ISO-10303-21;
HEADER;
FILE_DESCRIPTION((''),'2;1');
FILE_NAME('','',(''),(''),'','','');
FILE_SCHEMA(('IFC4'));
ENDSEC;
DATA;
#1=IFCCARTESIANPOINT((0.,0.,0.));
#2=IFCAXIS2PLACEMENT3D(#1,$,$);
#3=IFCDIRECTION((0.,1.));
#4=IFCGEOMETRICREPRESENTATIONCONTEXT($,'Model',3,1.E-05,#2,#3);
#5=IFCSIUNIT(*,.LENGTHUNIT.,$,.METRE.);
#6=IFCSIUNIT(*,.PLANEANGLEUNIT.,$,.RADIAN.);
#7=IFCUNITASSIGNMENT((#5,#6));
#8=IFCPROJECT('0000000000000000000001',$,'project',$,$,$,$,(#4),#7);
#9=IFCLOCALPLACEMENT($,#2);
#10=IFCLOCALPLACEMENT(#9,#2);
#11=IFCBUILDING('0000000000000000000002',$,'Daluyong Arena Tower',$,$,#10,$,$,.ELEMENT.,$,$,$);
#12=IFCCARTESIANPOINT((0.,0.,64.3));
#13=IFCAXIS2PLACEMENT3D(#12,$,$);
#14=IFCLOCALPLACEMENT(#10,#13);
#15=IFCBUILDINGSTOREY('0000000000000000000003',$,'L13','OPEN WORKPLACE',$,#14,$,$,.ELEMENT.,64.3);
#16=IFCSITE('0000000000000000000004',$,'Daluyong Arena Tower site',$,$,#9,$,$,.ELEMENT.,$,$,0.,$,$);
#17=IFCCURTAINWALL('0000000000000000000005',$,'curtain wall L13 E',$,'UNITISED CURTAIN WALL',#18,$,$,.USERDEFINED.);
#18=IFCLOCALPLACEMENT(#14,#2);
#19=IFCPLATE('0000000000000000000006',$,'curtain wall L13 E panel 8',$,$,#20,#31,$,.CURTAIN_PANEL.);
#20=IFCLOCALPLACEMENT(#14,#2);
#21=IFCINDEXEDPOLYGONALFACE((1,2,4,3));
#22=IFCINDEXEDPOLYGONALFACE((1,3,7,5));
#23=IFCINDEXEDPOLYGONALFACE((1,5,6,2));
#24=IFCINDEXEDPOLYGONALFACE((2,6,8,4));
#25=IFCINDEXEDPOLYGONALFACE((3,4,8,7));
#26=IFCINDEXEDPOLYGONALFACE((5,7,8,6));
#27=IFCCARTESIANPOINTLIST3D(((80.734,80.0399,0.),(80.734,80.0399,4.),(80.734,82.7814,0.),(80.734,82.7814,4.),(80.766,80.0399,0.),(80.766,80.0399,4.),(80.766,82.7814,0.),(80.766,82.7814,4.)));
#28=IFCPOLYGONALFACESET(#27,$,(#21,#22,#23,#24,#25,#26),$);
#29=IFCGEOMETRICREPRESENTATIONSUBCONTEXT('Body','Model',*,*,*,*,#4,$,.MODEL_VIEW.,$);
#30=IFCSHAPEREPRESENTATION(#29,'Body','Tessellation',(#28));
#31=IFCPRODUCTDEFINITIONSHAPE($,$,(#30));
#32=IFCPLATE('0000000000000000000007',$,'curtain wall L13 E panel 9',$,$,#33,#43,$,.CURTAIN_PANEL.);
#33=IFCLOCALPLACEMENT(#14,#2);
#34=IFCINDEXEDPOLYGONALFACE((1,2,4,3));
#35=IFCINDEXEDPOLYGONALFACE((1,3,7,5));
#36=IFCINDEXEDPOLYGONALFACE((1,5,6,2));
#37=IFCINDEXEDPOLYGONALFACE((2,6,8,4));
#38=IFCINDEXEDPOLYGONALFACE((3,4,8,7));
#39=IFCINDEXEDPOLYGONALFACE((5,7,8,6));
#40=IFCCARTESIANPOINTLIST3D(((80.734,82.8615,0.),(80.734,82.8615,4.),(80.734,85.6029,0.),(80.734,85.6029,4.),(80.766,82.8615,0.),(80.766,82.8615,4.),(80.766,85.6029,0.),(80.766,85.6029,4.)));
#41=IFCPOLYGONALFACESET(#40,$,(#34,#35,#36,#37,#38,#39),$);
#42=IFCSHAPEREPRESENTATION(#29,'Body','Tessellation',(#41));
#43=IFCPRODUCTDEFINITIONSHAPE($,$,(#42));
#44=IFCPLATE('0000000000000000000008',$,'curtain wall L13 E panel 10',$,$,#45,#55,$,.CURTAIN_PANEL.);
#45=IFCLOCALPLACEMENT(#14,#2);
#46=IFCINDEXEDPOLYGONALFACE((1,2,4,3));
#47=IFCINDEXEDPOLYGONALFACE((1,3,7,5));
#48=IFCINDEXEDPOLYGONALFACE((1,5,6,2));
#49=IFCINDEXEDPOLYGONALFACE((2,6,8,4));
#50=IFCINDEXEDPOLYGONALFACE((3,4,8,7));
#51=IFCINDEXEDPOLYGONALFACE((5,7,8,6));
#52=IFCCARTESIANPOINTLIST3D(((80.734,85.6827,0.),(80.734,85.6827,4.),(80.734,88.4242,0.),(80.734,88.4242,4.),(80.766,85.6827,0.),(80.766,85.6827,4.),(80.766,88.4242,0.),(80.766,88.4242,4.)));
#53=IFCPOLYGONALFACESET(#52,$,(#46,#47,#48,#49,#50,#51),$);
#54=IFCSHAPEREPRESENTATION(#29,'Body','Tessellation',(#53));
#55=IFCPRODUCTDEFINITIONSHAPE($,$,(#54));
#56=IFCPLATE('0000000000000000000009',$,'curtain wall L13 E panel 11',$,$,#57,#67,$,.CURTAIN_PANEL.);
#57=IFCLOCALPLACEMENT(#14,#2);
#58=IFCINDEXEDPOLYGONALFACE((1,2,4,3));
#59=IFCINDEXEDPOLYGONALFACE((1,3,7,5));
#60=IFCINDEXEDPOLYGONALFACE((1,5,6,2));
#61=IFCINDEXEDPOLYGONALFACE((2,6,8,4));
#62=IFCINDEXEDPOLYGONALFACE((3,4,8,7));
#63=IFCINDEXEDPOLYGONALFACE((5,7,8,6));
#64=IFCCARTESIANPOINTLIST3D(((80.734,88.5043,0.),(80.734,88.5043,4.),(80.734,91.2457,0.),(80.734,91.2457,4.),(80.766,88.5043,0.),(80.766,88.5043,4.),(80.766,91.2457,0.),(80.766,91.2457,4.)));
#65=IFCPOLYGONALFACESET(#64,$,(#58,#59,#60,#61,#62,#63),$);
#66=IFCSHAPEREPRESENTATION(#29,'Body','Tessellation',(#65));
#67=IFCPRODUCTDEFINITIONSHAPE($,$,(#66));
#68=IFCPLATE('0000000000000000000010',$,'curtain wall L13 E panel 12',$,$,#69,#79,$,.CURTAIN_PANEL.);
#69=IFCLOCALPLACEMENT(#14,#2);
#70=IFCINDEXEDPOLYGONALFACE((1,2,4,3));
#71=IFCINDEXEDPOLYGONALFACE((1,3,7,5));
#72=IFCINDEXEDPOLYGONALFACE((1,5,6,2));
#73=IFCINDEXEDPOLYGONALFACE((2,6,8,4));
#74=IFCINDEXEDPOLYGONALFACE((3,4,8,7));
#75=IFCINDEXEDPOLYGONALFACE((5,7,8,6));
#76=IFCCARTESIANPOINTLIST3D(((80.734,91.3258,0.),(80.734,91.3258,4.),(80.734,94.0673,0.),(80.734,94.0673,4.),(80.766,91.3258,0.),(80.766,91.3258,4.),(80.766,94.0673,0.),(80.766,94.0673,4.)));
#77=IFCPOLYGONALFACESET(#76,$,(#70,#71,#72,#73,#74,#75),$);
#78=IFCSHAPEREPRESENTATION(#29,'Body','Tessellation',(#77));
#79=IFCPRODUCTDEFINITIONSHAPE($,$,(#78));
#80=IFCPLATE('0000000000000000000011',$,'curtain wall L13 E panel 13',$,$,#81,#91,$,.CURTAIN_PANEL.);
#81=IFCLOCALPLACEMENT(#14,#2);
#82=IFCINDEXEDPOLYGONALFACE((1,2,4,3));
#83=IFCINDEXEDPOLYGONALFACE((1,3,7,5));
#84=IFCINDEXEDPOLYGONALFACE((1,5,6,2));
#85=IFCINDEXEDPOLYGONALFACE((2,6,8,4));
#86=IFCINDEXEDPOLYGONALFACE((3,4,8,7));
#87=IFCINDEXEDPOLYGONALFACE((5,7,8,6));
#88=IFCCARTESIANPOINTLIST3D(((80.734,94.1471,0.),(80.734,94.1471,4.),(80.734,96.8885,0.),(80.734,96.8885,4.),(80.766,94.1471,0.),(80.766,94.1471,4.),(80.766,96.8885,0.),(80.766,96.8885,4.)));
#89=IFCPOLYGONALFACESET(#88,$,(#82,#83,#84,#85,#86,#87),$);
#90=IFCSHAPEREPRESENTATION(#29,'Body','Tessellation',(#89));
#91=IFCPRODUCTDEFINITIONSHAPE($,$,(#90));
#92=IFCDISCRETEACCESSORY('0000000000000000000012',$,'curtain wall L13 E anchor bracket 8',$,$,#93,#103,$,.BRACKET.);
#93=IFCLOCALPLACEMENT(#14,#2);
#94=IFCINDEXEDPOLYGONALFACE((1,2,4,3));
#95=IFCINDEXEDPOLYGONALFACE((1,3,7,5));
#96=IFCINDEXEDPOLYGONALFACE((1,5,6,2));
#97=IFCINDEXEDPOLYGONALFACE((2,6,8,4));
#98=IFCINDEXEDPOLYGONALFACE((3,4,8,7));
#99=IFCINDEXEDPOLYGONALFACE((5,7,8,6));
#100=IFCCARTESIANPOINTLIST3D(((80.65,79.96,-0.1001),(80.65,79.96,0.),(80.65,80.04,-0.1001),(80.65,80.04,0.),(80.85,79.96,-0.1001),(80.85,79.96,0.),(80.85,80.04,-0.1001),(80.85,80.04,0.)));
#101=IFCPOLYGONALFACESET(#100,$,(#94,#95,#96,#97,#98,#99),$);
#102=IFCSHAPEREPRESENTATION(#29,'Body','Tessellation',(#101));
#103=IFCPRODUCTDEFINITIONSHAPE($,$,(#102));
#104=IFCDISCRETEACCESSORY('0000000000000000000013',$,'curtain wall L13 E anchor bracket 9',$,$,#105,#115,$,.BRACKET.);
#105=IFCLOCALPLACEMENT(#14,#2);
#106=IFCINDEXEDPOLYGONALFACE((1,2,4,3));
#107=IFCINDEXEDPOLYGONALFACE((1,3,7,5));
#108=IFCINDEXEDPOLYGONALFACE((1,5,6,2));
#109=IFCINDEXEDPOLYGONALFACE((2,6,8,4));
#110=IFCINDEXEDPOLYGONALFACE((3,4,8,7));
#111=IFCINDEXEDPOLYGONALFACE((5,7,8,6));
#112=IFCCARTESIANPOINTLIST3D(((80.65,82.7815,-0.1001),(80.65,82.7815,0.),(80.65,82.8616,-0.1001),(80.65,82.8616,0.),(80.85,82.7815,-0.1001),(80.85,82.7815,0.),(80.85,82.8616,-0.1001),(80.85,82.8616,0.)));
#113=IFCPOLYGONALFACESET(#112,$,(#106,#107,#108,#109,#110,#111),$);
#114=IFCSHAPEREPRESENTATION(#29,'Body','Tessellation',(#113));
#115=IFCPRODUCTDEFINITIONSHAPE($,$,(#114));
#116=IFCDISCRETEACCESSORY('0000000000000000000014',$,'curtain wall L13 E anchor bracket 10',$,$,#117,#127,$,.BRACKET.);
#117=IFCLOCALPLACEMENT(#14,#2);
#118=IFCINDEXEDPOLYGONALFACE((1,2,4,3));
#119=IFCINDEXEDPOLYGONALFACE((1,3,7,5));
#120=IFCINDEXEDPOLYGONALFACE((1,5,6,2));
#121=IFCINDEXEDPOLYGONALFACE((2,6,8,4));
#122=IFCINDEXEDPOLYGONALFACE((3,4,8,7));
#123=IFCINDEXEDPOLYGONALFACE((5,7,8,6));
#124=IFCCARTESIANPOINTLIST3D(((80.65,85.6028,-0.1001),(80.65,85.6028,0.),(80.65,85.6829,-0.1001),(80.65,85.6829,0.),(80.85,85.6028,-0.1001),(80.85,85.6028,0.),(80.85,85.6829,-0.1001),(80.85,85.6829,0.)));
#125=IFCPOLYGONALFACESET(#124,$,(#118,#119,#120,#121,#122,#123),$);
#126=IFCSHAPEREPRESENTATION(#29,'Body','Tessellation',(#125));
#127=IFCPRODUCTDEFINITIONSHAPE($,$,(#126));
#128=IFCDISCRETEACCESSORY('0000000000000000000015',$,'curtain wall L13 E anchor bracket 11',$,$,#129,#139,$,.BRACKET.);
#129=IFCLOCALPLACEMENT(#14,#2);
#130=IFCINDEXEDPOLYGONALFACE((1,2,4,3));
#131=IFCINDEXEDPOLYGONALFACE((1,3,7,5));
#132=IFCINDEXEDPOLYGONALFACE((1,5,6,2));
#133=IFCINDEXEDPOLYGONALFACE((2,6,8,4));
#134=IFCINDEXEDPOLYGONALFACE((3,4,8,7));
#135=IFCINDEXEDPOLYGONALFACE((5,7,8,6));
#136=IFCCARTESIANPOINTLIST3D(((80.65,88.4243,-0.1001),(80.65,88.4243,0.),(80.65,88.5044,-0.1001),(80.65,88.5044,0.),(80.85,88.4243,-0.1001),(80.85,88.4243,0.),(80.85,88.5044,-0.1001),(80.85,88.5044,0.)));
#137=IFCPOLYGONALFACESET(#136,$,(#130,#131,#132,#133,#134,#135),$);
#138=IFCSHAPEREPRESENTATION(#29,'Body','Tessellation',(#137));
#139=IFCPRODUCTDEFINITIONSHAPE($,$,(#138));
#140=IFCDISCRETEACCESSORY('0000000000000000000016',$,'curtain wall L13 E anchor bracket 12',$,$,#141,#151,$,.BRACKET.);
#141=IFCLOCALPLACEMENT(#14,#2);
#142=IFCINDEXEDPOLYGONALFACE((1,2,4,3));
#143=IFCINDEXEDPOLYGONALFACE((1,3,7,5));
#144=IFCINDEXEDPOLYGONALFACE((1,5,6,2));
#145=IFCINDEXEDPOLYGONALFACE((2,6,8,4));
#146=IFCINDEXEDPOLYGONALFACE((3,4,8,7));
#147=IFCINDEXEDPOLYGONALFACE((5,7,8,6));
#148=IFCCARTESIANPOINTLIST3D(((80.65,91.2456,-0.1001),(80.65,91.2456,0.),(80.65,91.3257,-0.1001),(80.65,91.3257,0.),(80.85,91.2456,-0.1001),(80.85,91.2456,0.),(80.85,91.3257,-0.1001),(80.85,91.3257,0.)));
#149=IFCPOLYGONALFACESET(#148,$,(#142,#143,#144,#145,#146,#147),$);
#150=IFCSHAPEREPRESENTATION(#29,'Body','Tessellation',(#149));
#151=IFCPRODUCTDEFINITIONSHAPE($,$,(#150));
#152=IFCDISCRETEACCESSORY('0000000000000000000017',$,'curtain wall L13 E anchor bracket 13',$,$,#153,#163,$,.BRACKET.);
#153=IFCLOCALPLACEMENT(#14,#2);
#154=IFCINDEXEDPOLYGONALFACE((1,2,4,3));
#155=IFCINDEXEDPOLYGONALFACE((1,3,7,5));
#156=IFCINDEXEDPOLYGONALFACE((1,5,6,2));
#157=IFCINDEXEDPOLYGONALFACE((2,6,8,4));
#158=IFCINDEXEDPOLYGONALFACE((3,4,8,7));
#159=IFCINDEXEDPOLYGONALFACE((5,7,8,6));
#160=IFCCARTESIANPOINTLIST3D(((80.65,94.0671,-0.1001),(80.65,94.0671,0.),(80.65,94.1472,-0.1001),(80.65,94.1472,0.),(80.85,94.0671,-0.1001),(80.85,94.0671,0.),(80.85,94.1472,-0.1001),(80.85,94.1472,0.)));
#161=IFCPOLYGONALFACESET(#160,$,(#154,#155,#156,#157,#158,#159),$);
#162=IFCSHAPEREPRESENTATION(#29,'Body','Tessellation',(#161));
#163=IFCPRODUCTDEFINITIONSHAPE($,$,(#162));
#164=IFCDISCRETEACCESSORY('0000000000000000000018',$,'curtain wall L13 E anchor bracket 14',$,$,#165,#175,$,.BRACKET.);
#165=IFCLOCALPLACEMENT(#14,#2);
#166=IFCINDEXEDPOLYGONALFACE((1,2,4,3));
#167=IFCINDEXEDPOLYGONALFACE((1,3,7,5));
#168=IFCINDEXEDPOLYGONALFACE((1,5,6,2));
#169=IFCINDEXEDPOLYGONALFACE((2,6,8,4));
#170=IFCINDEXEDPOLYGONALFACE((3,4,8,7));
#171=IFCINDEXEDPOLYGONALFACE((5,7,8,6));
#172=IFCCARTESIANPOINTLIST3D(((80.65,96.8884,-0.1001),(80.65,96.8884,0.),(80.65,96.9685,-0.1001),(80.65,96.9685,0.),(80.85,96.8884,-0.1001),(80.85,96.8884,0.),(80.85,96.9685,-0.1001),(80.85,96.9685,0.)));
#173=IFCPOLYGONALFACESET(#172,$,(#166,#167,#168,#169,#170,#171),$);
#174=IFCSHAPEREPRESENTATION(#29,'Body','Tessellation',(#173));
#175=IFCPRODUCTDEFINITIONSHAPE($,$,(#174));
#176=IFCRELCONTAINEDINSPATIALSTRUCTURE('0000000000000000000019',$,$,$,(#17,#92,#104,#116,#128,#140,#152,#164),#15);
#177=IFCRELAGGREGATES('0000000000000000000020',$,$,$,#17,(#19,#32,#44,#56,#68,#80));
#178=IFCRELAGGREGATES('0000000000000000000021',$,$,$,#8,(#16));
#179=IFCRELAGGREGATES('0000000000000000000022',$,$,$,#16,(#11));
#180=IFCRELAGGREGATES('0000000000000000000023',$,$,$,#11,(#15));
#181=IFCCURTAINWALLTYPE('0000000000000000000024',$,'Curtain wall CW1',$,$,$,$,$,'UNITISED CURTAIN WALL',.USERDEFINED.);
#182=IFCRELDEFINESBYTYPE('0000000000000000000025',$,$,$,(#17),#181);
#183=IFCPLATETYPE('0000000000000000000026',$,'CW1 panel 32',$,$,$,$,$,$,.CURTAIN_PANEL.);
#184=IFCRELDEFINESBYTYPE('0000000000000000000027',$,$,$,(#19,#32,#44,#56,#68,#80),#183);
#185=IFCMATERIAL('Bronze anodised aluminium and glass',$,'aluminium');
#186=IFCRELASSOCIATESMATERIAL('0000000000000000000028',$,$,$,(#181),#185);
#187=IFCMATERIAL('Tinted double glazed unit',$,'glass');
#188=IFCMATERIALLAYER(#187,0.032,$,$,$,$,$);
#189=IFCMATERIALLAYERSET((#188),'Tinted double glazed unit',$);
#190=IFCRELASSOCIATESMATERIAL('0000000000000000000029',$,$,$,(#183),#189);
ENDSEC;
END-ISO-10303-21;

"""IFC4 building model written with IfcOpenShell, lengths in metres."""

from ifc_helpers import new_model, si_unit, direction, frame, origin, origin_2d, place, context, subcontext, project, spatial, rectangle, extrude, material, layer, layer_set, type_object, element, aggregate, save


model = new_model("IFC4")

# Units and contexts
model_context = context("Model", 3, precision=1e-05, world=origin(), true_north=direction((0.0, 1.0)))
body_context = subcontext(model_context, "Body", "Model", "MODEL_VIEW")
ifc_project = project(units=[si_unit("LENGTHUNIT", "METRE"), si_unit("PLANEANGLEUNIT", "RADIAN")], contexts=[model_context])

# Site, building, storey
site_placement = place(None, origin())
site = spatial("IfcSite", under=ifc_project, at=site_placement, Name="Daluyong Arena Tower site", CompositionType="ELEMENT", RefElevation=0.0)
building_placement = place(site_placement, origin())
building = spatial("IfcBuilding", under=site, at=building_placement, Name="Daluyong Arena Tower", CompositionType="ELEMENT")
storey_placement = place(building_placement, frame((0.0, 0.0, 64.3)))
storey = spatial("IfcBuildingStorey", under=building, at=storey_placement, Name="L13", Description="OPEN WORKPLACE", CompositionType="ELEMENT", Elevation=64.3)

# Curtain wall
ifc_material_1 = material(Name="Bronze anodised aluminium and glass", Category="aluminium")
curtain_wall_type = type_object("IfcCurtainWallType", Name="Curtain wall CW1", ElementType="UNITISED CURTAIN WALL", PredefinedType="USERDEFINED", material=ifc_material_1)
curtain_wall_placement = place(storey_placement, origin())
curtain_wall = element("IfcCurtainWall", 1, at=curtain_wall_placement, inside=storey, type_object=curtain_wall_type, Name="curtain wall L13 E", ObjectType="UNITISED CURTAIN WALL", PredefinedType="USERDEFINED")

# Plates
ifc_material_2 = material(Name="Tinted double glazed unit", Category="glass")
ifc_layer = layer(ifc_material_2, 0.032)
ifc_layer_set = layer_set([ifc_layer], Name="Tinted double glazed unit")
plate_type = type_object("IfcPlateType", Name="CW1 panel 32", PredefinedType="CURTAIN_PANEL", material=ifc_layer_set)
plate_1_placement = place(storey_placement, frame((80.75, 81.4106, 0.0), z_axis=(0.0, 0.0, 1.0), x_axis=(0.0, 1.0, 0.0)))
plate_1 = element("IfcPlate", 2, at=plate_1_placement, type_object=plate_type, Name="curtain wall L13 E panel 8", PredefinedType="CURTAIN_PANEL", context=body_context, shape_type="SweptSolid", body=[
    extrude(rectangle(XDim=2.7415, YDim=0.032, at=origin_2d()), origin(), (0.0, 0.0, 1.0), 4.0),
])
plate_2_placement = place(storey_placement, frame((80.75, 84.2322, 0.0), z_axis=(0.0, 0.0, 1.0), x_axis=(0.0, 1.0, 0.0)))
plate_2 = element("IfcPlate", 3, at=plate_2_placement, type_object=plate_type, Name="curtain wall L13 E panel 9", PredefinedType="CURTAIN_PANEL", context=body_context, shape_type="SweptSolid", body=[
    extrude(rectangle(XDim=2.7415, YDim=0.032, at=origin_2d()), origin(), (0.0, 0.0, 1.0), 4.0),
])
plate_3_placement = place(storey_placement, frame((80.75, 87.0535, 0.0), z_axis=(0.0, 0.0, 1.0), x_axis=(0.0, 1.0, 0.0)))
plate_3 = element("IfcPlate", 4, at=plate_3_placement, type_object=plate_type, Name="curtain wall L13 E panel 10", PredefinedType="CURTAIN_PANEL", context=body_context, shape_type="SweptSolid", body=[
    extrude(rectangle(XDim=2.7415, YDim=0.032, at=origin_2d()), origin(), (0.0, 0.0, 1.0), 4.0),
])
plate_4_placement = place(storey_placement, frame((80.75, 89.875, 0.0), z_axis=(0.0, 0.0, 1.0), x_axis=(0.0, 1.0, 0.0)))
plate_4 = element("IfcPlate", 5, at=plate_4_placement, type_object=plate_type, Name="curtain wall L13 E panel 11", PredefinedType="CURTAIN_PANEL", context=body_context, shape_type="SweptSolid", body=[
    extrude(rectangle(XDim=2.7415, YDim=0.032, at=origin_2d()), origin(), (0.0, 0.0, 1.0), 4.0),
])
plate_5_placement = place(storey_placement, frame((80.75, 92.6965, 0.0), z_axis=(0.0, 0.0, 1.0), x_axis=(0.0, 1.0, 0.0)))
plate_5 = element("IfcPlate", 6, at=plate_5_placement, type_object=plate_type, Name="curtain wall L13 E panel 12", PredefinedType="CURTAIN_PANEL", context=body_context, shape_type="SweptSolid", body=[
    extrude(rectangle(XDim=2.7415, YDim=0.032, at=origin_2d()), origin(), (0.0, 0.0, 1.0), 4.0),
])
plate_6_placement = place(storey_placement, frame((80.75, 95.5178, 0.0), z_axis=(0.0, 0.0, 1.0), x_axis=(0.0, 1.0, 0.0)))
plate_6 = element("IfcPlate", 7, at=plate_6_placement, type_object=plate_type, Name="curtain wall L13 E panel 13", PredefinedType="CURTAIN_PANEL", context=body_context, shape_type="SweptSolid", body=[
    extrude(rectangle(XDim=2.7415, YDim=0.032, at=origin_2d()), origin(), (0.0, 0.0, 1.0), 4.0),
])
aggregate(curtain_wall, [plate_1, plate_2, plate_3, plate_4, plate_5, plate_6])

# Discrete accessories
for number, where, z_axis, x_axis, name in (
    (8, (80.75, 80.0, -0.1001), (0.0, 0.0, 1.0), (0.0, 1.0, 0.0), "curtain wall L13 E anchor bracket 8"),
    (9, (80.75, 82.8215, -0.1001), (0.0, 0.0, 1.0), (0.0, 1.0, 0.0), "curtain wall L13 E anchor bracket 9"),
    (10, (80.75, 85.6428, -0.1001), (0.0, 0.0, 1.0), (0.0, 1.0, 0.0), "curtain wall L13 E anchor bracket 10"),
    (11, (80.75, 88.4644, -0.1001), (0.0, 0.0, 1.0), (0.0, 1.0, 0.0), "curtain wall L13 E anchor bracket 11"),
    (12, (80.75, 91.2856, -0.1001), (0.0, 0.0, 1.0), (0.0, 1.0, 0.0), "curtain wall L13 E anchor bracket 12"),
    (13, (80.75, 94.1072, -0.1001), (0.0, 0.0, 1.0), (0.0, 1.0, 0.0), "curtain wall L13 E anchor bracket 13"),
    (14, (80.75, 96.9285, -0.1001), (0.0, 0.0, 1.0), (0.0, 1.0, 0.0), "curtain wall L13 E anchor bracket 14"),
):
    element("IfcDiscreteAccessory", number, at=place(storey_placement, frame(where, z_axis=z_axis, x_axis=x_axis)), inside=storey, Name=name, PredefinedType="BRACKET", context=body_context, shape_type="SweptSolid", body=[
        extrude(rectangle(XDim=0.0801, YDim=0.2, at=origin_2d()), origin(), (0.0, 0.0, 1.0), 0.1001),
    ])

save(model, "model.ifc")
